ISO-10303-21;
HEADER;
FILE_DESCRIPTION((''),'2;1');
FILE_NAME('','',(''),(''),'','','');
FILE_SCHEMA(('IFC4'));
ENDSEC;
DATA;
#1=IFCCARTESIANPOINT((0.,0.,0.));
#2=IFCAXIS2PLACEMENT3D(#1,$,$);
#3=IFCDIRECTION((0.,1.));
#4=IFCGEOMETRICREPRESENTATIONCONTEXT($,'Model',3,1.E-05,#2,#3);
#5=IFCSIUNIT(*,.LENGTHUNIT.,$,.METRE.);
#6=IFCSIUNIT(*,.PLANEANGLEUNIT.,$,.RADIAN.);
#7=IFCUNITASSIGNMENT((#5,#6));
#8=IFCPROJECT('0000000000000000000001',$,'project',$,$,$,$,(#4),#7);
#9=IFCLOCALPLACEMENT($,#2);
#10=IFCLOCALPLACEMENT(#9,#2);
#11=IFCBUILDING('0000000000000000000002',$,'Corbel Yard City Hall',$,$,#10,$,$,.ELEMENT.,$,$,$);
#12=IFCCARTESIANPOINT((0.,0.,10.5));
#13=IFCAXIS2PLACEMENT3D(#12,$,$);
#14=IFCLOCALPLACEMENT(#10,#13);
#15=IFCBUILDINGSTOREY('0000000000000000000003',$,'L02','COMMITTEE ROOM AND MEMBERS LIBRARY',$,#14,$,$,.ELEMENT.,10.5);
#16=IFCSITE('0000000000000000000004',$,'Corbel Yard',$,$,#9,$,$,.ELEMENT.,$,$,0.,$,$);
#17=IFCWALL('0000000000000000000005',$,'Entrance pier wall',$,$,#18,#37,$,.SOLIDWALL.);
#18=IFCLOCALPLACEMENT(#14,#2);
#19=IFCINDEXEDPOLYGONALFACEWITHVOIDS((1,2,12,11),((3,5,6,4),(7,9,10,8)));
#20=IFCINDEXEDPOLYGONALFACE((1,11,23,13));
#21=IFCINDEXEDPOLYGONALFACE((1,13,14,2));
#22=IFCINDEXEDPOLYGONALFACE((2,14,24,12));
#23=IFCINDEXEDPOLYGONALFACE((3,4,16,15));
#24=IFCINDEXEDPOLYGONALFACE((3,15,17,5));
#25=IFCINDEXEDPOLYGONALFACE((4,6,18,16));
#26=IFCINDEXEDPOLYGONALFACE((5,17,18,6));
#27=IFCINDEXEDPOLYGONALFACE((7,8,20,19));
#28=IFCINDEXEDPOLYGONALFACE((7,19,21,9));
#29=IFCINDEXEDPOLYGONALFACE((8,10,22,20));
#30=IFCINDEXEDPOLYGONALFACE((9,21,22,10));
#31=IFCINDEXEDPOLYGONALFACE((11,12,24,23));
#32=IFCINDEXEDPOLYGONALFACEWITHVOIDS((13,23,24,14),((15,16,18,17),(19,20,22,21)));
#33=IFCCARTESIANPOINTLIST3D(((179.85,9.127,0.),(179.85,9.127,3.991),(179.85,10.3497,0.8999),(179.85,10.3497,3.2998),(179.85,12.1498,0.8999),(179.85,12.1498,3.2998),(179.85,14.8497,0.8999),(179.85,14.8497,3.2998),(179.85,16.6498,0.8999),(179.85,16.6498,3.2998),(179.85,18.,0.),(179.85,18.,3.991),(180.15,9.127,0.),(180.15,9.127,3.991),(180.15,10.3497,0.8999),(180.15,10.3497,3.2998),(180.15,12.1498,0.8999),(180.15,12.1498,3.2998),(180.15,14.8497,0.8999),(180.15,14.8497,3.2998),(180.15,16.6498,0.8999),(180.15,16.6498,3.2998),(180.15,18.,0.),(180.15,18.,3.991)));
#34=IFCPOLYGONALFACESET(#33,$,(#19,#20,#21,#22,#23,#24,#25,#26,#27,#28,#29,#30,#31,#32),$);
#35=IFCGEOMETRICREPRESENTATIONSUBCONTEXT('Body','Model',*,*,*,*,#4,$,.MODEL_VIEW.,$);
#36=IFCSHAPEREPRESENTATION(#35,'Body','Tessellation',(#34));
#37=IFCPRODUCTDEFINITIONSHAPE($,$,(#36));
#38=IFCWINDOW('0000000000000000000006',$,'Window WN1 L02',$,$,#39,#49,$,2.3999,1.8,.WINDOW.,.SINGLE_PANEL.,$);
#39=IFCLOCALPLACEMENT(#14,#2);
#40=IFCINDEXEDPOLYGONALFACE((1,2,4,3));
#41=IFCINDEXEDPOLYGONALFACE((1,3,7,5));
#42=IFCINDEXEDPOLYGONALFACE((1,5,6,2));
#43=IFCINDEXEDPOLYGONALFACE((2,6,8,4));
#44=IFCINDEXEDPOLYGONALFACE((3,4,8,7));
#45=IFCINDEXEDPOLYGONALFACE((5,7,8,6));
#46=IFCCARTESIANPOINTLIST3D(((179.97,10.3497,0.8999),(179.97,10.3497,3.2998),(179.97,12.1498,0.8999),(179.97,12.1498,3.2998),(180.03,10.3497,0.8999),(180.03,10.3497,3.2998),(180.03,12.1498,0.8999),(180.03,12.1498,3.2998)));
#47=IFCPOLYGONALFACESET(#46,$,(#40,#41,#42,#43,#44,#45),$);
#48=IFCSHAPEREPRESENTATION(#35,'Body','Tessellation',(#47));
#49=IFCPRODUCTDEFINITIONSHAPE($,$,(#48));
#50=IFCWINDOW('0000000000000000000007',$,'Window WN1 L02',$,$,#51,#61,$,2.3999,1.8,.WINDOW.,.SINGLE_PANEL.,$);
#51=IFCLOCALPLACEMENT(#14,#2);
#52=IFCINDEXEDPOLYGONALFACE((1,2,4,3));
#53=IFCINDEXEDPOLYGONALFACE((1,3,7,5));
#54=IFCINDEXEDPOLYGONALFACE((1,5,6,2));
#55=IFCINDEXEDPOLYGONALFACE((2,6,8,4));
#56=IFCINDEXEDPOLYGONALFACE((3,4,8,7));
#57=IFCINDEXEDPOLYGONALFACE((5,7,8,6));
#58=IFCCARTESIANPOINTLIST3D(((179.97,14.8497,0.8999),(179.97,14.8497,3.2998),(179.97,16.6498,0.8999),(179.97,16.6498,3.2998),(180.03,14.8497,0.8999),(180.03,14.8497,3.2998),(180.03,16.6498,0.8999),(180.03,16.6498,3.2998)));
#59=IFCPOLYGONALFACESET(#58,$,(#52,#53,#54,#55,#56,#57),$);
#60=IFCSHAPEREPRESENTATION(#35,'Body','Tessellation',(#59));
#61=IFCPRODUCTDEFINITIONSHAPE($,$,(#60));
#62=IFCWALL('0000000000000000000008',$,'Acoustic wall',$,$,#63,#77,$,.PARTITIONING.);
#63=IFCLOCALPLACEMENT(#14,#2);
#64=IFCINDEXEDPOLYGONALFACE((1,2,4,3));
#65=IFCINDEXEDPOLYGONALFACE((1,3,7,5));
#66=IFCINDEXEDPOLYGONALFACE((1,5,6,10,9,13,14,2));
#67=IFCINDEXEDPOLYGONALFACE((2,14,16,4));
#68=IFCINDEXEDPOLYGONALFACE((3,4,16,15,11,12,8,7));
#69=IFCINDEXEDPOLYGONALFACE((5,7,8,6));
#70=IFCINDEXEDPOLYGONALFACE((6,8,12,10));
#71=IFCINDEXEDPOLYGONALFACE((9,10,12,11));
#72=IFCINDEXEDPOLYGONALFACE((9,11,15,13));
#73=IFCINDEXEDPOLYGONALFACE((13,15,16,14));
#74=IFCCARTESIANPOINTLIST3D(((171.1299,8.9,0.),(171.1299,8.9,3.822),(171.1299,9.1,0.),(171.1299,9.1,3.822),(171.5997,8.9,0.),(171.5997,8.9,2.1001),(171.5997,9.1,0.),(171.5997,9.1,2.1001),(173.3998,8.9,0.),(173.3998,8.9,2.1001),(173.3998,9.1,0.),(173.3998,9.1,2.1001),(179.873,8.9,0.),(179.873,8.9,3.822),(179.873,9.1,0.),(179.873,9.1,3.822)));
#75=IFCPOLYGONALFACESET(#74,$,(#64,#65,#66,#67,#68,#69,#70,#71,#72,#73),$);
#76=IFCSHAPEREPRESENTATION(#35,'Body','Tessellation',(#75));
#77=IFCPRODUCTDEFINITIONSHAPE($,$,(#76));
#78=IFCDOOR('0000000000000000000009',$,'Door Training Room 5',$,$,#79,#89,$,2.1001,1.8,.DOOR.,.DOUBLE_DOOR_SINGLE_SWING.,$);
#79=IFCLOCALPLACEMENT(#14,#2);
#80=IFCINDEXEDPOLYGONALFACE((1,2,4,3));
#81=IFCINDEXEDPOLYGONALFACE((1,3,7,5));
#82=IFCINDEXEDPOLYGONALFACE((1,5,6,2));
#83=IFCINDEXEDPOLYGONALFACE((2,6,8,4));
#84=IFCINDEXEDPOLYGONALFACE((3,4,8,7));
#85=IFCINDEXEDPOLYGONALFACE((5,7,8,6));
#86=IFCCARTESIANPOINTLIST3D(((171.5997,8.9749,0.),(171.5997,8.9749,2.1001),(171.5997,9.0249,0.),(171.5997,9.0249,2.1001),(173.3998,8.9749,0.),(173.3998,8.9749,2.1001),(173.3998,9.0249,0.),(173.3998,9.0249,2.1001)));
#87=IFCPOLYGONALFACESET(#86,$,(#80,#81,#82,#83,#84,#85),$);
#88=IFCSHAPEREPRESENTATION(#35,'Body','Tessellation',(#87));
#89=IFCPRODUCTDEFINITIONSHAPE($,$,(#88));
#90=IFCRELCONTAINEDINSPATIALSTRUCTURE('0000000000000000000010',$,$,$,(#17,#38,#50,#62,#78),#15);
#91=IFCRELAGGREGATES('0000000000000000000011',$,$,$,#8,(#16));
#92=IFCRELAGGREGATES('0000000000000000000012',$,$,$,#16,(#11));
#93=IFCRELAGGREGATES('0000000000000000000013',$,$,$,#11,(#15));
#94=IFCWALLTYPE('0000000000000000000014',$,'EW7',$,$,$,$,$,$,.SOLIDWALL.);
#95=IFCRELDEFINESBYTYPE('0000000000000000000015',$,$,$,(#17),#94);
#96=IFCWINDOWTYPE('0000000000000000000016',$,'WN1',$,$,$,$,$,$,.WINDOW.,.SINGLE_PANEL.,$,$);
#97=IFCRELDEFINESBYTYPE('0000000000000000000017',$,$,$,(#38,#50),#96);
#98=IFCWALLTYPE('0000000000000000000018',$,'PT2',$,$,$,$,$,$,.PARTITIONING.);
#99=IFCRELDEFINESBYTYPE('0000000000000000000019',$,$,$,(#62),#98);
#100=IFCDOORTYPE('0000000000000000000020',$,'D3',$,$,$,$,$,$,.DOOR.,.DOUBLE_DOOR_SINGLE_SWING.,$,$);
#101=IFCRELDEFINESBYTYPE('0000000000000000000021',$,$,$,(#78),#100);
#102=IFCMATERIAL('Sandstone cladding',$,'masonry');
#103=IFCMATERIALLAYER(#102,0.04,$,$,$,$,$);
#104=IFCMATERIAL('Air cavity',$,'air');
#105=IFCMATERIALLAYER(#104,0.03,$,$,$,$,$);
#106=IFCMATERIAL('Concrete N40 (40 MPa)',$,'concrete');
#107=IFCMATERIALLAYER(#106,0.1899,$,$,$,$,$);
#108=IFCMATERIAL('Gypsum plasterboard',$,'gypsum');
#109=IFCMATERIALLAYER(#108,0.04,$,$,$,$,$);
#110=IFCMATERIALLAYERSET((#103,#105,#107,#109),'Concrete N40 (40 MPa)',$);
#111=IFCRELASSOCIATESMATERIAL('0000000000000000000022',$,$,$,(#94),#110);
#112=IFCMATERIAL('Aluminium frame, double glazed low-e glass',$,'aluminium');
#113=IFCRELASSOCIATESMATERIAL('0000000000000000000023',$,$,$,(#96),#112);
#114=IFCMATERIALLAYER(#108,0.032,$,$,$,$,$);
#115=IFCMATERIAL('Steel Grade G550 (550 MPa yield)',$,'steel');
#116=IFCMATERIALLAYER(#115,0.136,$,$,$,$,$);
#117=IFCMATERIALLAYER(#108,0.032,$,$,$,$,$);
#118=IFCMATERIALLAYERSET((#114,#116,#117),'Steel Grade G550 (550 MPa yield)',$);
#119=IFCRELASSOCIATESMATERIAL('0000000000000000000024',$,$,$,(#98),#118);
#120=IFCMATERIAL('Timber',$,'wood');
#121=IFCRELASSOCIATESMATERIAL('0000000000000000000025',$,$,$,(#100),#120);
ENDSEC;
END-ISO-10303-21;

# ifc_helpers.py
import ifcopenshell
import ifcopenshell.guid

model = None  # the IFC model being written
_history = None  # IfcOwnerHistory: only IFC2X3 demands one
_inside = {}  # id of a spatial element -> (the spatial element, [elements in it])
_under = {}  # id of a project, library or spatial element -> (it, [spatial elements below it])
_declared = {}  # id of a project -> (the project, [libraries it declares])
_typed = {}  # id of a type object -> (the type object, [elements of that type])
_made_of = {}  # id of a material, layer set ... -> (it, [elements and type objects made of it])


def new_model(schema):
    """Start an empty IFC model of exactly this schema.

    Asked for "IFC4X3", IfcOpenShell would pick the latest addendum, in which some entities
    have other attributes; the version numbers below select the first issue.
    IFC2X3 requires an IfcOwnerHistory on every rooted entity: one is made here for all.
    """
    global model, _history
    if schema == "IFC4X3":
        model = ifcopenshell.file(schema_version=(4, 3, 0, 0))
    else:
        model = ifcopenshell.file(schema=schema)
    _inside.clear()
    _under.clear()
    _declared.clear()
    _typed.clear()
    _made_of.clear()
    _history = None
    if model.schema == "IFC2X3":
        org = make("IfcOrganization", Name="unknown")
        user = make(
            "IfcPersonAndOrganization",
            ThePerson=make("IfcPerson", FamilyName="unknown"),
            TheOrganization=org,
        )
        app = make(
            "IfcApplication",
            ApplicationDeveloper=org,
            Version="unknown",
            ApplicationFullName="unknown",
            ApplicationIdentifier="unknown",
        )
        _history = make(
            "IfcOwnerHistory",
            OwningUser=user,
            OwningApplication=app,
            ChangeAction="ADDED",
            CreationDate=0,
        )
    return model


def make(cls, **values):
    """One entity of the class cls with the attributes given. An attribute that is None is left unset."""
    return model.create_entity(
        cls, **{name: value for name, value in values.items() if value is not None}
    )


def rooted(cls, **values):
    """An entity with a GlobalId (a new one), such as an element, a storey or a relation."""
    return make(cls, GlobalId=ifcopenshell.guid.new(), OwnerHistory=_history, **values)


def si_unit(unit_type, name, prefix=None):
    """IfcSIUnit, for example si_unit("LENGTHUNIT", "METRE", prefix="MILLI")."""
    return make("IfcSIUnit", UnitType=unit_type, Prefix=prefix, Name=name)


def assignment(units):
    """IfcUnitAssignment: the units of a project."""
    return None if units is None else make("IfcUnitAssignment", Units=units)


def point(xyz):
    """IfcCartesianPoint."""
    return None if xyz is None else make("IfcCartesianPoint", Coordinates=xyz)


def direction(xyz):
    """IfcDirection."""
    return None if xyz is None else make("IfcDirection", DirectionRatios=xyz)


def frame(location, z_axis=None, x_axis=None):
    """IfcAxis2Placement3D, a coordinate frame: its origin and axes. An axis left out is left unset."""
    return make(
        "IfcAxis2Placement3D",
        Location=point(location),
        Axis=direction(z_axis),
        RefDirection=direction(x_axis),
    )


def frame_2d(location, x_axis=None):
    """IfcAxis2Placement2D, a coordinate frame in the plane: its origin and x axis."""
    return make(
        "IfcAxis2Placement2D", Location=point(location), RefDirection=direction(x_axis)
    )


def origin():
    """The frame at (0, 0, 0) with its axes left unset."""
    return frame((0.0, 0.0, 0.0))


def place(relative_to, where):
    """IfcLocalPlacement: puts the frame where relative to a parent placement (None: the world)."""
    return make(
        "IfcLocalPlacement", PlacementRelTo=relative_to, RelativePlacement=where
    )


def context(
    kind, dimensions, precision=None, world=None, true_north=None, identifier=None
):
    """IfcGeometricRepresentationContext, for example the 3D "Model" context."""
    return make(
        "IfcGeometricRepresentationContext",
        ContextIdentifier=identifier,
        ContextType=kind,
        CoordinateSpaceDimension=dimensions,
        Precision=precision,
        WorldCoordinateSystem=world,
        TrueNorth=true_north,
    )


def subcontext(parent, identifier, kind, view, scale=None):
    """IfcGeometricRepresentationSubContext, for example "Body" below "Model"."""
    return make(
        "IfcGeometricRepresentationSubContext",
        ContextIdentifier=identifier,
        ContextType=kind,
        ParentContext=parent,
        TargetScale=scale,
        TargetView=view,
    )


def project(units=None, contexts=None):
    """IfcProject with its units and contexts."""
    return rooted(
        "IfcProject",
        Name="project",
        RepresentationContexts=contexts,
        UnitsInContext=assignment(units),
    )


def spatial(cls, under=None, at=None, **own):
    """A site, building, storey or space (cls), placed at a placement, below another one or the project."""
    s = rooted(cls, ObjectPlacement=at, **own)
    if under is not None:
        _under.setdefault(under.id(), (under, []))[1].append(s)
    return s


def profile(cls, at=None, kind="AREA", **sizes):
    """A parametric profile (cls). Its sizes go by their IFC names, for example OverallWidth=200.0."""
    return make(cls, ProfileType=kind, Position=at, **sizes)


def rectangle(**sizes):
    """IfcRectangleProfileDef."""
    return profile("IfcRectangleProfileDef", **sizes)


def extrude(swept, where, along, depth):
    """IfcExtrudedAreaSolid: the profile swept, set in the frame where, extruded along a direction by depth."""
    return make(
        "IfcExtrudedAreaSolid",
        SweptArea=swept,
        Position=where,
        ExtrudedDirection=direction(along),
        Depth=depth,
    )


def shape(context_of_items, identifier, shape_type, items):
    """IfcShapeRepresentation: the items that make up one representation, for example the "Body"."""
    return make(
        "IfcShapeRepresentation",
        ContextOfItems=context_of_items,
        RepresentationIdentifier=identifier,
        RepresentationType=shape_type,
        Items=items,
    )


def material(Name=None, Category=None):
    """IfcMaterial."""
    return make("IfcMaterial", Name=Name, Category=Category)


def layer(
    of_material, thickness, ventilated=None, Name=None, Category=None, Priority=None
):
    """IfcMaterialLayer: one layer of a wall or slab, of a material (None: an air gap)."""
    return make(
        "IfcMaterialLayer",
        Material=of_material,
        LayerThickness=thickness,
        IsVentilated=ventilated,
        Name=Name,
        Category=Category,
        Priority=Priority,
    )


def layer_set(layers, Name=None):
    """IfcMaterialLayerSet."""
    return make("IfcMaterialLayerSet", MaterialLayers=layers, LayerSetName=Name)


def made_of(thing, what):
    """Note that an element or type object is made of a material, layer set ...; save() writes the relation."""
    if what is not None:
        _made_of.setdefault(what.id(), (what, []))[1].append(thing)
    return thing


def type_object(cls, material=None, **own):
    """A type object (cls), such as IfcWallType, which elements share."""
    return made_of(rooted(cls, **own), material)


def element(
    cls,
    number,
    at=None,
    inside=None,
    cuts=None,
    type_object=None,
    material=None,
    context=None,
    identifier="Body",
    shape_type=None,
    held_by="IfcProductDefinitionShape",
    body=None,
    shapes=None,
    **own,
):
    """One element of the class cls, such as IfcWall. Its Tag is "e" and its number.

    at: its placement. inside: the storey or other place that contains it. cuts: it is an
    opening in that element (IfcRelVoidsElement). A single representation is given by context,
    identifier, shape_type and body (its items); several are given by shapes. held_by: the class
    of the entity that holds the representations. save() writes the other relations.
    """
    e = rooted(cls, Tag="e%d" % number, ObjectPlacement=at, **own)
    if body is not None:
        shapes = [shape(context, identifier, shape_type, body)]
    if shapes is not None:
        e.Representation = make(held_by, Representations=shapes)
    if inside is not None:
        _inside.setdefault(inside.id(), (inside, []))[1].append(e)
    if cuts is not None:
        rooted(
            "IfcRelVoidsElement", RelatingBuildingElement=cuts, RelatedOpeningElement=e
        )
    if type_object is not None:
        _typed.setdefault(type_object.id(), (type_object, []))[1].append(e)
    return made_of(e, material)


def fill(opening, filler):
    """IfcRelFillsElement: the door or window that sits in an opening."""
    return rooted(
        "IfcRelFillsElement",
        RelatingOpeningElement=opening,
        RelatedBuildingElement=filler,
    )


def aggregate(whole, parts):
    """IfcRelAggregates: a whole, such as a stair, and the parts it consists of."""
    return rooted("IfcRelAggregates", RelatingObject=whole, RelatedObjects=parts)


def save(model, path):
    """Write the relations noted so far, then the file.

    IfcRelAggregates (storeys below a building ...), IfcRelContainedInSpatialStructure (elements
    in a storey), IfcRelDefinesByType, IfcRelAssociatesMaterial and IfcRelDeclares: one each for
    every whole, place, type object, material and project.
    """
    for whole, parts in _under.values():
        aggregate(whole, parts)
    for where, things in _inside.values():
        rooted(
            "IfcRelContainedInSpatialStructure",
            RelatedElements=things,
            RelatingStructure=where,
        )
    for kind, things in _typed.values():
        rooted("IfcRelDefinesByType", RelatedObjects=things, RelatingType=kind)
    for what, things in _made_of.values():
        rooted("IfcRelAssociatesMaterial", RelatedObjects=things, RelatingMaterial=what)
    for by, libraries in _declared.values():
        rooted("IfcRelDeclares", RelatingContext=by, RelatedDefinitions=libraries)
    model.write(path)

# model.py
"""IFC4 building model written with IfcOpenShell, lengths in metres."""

from ifc_helpers import new_model, si_unit, direction, frame, frame_2d, origin, place, context, subcontext, project, spatial, rectangle, extrude, material, layer, layer_set, type_object, element, fill, save


model = new_model("IFC4")

# Units and contexts
model_context = context("Model", 3, precision=1e-05, world=origin(), true_north=direction((0.0, 1.0)))
body_context = subcontext(model_context, "Body", "Model", "MODEL_VIEW")
ifc_project = project(units=[si_unit("LENGTHUNIT", "METRE"), si_unit("PLANEANGLEUNIT", "RADIAN")], contexts=[model_context])

# Site, building, storey
site_placement = place(None, origin())
site = spatial("IfcSite", under=ifc_project, at=site_placement, Name="Corbel Yard", CompositionType="ELEMENT", RefElevation=0.0)
building_placement = place(site_placement, origin())
building = spatial("IfcBuilding", under=site, at=building_placement, Name="Corbel Yard City Hall", CompositionType="ELEMENT")
storey_placement = place(building_placement, frame((0.0, 0.0, 10.5)))
storey = spatial("IfcBuildingStorey", under=building, at=storey_placement, Name="L02", Description="COMMITTEE ROOM AND MEMBERS LIBRARY", CompositionType="ELEMENT", Elevation=10.5)

# Shared definitions
ifc_material_1 = material(Name="Sandstone cladding", Category="masonry")
ifc_material_2 = material(Name="Air cavity", Category="air")
ifc_material_3 = material(Name="Gypsum plasterboard", Category="gypsum")
ifc_material_4 = material(Name="Aluminium frame, double glazed low-e glass", Category="aluminium")

# Wall, openings, windows
ifc_layer_1 = layer(ifc_material_1, 0.04)
ifc_layer_2 = layer(ifc_material_2, 0.03)
ifc_material_5 = material(Name="Concrete N40 (40 MPa)", Category="concrete")
ifc_layer_3 = layer(ifc_material_5, 0.1899)
ifc_layer_4 = layer(ifc_material_3, 0.04)
ifc_layer_set_1 = layer_set([ifc_layer_1, ifc_layer_2, ifc_layer_3, ifc_layer_4], Name="Concrete N40 (40 MPa)")
wall_type_1 = type_object("IfcWallType", Name="EW7", PredefinedType="SOLIDWALL", material=ifc_layer_set_1)
wall_1_placement = place(storey_placement, frame((180.0, 9.127, 0.0), z_axis=(0.0, 0.0, 1.0), x_axis=(0.0, 1.0, 0.0)))
wall_1 = element("IfcWall", 1, at=wall_1_placement, inside=storey, type_object=wall_type_1, Name="Entrance pier wall", PredefinedType="SOLIDWALL", context=body_context, shape_type="SweptSolid", body=[
    extrude(rectangle(XDim=8.873, YDim=0.3, at=frame_2d((4.4365, 0.0))), origin(), (0.0, 0.0, 1.0), 3.991),
])
opening_1_placement = place(wall_1_placement, frame((1.2229, 0.0, 0.8999)))
opening_1 = element("IfcOpeningElement", 2, at=opening_1_placement, cuts=wall_1, PredefinedType="OPENING", context=body_context, shape_type="SweptSolid", body=[
    extrude(rectangle(XDim=1.8, YDim=2.3999, at=frame_2d((0.8999, 1.2))), frame((0.0, 0.1599, 0.0), z_axis=(0.0, -1.0, 0.0), x_axis=(1.0, 0.0, 0.0)), (0.0, 0.0, 1.0), 0.3201),
])
opening_2_placement = place(wall_1_placement, frame((5.7229, 0.0, 0.8999)))
opening_2 = element("IfcOpeningElement", 3, at=opening_2_placement, cuts=wall_1, PredefinedType="OPENING", context=body_context, shape_type="SweptSolid", body=[
    extrude(rectangle(XDim=1.8, YDim=2.3999, at=frame_2d((0.8999, 1.2))), frame((0.0, 0.1599, 0.0), z_axis=(0.0, -1.0, 0.0), x_axis=(1.0, 0.0, 0.0)), (0.0, 0.0, 1.0), 0.3201),
])
window_type_1 = type_object("IfcWindowType", Name="WN1", PartitioningType="SINGLE_PANEL", PredefinedType="WINDOW", material=ifc_material_4)
window_1_placement = place(opening_1_placement, origin())
window_1 = element("IfcWindow", 4, at=window_1_placement, inside=storey, type_object=window_type_1, Name="Window WN1 L02", OverallHeight=2.3999, OverallWidth=1.8, PartitioningType="SINGLE_PANEL", PredefinedType="WINDOW", context=body_context, shape_type="SweptSolid", body=[
    extrude(rectangle(XDim=1.8, YDim=2.3999, at=frame_2d((0.8999, 1.2))), frame((0.0, 0.03, 0.0), z_axis=(0.0, -1.0, 0.0), x_axis=(1.0, 0.0, 0.0)), (0.0, 0.0, 1.0), 0.0601),
])
fill(opening_1, window_1)
window_2_placement = place(opening_2_placement, origin())
window_2 = element("IfcWindow", 5, at=window_2_placement, inside=storey, type_object=window_type_1, Name="Window WN1 L02", OverallHeight=2.3999, OverallWidth=1.8, PartitioningType="SINGLE_PANEL", PredefinedType="WINDOW", context=body_context, shape_type="SweptSolid", body=[
    extrude(rectangle(XDim=1.8, YDim=2.3999, at=frame_2d((0.8999, 1.2))), frame((0.0, 0.03, 0.0), z_axis=(0.0, -1.0, 0.0), x_axis=(1.0, 0.0, 0.0)), (0.0, 0.0, 1.0), 0.0601),
])
fill(opening_2, window_2)

# Wall, opening, door
ifc_layer_5 = layer(ifc_material_3, 0.032)
ifc_material_6 = material(Name="Steel Grade G550 (550 MPa yield)", Category="steel")
ifc_layer_6 = layer(ifc_material_6, 0.136)
ifc_layer_7 = layer(ifc_material_3, 0.032)
ifc_layer_set_2 = layer_set([ifc_layer_5, ifc_layer_6, ifc_layer_7], Name="Steel Grade G550 (550 MPa yield)")
wall_type_2 = type_object("IfcWallType", Name="PT2", PredefinedType="PARTITIONING", material=ifc_layer_set_2)
wall_2_placement = place(storey_placement, frame((171.1299, 9.0, 0.0), z_axis=(0.0, 0.0, 1.0), x_axis=(1.0, 0.0, 0.0)))
wall_2 = element("IfcWall", 6, at=wall_2_placement, inside=storey, type_object=wall_type_2, Name="Acoustic wall", PredefinedType="PARTITIONING", context=body_context, shape_type="SweptSolid", body=[
    extrude(rectangle(XDim=8.7432, YDim=0.2, at=frame_2d((4.3716, 0.0))), origin(), (0.0, 0.0, 1.0), 3.822),
])
opening_3_placement = place(wall_2_placement, frame((0.47, 0.0, 0.0)))
opening_3 = element("IfcOpeningElement", 7, at=opening_3_placement, cuts=wall_2, PredefinedType="OPENING", context=body_context, shape_type="SweptSolid", body=[
    extrude(rectangle(XDim=1.8, YDim=2.1001, at=frame_2d((0.8999, 1.05))), frame((0.0, 0.1099, 0.0), z_axis=(0.0, -1.0, 0.0), x_axis=(1.0, 0.0, 0.0)), (0.0, 0.0, 1.0), 0.22),
])
ifc_material_7 = material(Name="Timber", Category="wood")
door_type = type_object("IfcDoorType", Name="D3", OperationType="DOUBLE_DOOR_SINGLE_SWING", PredefinedType="DOOR", material=ifc_material_7)
door_placement = place(opening_3_placement, origin())
door = element("IfcDoor", 8, at=door_placement, inside=storey, type_object=door_type, Name="Door Training Room 5", OperationType="DOUBLE_DOOR_SINGLE_SWING", OverallHeight=2.1001, OverallWidth=1.8, PredefinedType="DOOR", context=body_context, shape_type="SweptSolid", body=[
    extrude(rectangle(XDim=1.8, YDim=2.1001, at=frame_2d((0.8999, 1.05))), frame((0.0, 0.0249, 0.0), z_axis=(0.0, -1.0, 0.0), x_axis=(1.0, 0.0, 0.0)), (0.0, 0.0, 1.0), 0.05),
])
fill(opening_3, door)

save(model, "model.ifc")
